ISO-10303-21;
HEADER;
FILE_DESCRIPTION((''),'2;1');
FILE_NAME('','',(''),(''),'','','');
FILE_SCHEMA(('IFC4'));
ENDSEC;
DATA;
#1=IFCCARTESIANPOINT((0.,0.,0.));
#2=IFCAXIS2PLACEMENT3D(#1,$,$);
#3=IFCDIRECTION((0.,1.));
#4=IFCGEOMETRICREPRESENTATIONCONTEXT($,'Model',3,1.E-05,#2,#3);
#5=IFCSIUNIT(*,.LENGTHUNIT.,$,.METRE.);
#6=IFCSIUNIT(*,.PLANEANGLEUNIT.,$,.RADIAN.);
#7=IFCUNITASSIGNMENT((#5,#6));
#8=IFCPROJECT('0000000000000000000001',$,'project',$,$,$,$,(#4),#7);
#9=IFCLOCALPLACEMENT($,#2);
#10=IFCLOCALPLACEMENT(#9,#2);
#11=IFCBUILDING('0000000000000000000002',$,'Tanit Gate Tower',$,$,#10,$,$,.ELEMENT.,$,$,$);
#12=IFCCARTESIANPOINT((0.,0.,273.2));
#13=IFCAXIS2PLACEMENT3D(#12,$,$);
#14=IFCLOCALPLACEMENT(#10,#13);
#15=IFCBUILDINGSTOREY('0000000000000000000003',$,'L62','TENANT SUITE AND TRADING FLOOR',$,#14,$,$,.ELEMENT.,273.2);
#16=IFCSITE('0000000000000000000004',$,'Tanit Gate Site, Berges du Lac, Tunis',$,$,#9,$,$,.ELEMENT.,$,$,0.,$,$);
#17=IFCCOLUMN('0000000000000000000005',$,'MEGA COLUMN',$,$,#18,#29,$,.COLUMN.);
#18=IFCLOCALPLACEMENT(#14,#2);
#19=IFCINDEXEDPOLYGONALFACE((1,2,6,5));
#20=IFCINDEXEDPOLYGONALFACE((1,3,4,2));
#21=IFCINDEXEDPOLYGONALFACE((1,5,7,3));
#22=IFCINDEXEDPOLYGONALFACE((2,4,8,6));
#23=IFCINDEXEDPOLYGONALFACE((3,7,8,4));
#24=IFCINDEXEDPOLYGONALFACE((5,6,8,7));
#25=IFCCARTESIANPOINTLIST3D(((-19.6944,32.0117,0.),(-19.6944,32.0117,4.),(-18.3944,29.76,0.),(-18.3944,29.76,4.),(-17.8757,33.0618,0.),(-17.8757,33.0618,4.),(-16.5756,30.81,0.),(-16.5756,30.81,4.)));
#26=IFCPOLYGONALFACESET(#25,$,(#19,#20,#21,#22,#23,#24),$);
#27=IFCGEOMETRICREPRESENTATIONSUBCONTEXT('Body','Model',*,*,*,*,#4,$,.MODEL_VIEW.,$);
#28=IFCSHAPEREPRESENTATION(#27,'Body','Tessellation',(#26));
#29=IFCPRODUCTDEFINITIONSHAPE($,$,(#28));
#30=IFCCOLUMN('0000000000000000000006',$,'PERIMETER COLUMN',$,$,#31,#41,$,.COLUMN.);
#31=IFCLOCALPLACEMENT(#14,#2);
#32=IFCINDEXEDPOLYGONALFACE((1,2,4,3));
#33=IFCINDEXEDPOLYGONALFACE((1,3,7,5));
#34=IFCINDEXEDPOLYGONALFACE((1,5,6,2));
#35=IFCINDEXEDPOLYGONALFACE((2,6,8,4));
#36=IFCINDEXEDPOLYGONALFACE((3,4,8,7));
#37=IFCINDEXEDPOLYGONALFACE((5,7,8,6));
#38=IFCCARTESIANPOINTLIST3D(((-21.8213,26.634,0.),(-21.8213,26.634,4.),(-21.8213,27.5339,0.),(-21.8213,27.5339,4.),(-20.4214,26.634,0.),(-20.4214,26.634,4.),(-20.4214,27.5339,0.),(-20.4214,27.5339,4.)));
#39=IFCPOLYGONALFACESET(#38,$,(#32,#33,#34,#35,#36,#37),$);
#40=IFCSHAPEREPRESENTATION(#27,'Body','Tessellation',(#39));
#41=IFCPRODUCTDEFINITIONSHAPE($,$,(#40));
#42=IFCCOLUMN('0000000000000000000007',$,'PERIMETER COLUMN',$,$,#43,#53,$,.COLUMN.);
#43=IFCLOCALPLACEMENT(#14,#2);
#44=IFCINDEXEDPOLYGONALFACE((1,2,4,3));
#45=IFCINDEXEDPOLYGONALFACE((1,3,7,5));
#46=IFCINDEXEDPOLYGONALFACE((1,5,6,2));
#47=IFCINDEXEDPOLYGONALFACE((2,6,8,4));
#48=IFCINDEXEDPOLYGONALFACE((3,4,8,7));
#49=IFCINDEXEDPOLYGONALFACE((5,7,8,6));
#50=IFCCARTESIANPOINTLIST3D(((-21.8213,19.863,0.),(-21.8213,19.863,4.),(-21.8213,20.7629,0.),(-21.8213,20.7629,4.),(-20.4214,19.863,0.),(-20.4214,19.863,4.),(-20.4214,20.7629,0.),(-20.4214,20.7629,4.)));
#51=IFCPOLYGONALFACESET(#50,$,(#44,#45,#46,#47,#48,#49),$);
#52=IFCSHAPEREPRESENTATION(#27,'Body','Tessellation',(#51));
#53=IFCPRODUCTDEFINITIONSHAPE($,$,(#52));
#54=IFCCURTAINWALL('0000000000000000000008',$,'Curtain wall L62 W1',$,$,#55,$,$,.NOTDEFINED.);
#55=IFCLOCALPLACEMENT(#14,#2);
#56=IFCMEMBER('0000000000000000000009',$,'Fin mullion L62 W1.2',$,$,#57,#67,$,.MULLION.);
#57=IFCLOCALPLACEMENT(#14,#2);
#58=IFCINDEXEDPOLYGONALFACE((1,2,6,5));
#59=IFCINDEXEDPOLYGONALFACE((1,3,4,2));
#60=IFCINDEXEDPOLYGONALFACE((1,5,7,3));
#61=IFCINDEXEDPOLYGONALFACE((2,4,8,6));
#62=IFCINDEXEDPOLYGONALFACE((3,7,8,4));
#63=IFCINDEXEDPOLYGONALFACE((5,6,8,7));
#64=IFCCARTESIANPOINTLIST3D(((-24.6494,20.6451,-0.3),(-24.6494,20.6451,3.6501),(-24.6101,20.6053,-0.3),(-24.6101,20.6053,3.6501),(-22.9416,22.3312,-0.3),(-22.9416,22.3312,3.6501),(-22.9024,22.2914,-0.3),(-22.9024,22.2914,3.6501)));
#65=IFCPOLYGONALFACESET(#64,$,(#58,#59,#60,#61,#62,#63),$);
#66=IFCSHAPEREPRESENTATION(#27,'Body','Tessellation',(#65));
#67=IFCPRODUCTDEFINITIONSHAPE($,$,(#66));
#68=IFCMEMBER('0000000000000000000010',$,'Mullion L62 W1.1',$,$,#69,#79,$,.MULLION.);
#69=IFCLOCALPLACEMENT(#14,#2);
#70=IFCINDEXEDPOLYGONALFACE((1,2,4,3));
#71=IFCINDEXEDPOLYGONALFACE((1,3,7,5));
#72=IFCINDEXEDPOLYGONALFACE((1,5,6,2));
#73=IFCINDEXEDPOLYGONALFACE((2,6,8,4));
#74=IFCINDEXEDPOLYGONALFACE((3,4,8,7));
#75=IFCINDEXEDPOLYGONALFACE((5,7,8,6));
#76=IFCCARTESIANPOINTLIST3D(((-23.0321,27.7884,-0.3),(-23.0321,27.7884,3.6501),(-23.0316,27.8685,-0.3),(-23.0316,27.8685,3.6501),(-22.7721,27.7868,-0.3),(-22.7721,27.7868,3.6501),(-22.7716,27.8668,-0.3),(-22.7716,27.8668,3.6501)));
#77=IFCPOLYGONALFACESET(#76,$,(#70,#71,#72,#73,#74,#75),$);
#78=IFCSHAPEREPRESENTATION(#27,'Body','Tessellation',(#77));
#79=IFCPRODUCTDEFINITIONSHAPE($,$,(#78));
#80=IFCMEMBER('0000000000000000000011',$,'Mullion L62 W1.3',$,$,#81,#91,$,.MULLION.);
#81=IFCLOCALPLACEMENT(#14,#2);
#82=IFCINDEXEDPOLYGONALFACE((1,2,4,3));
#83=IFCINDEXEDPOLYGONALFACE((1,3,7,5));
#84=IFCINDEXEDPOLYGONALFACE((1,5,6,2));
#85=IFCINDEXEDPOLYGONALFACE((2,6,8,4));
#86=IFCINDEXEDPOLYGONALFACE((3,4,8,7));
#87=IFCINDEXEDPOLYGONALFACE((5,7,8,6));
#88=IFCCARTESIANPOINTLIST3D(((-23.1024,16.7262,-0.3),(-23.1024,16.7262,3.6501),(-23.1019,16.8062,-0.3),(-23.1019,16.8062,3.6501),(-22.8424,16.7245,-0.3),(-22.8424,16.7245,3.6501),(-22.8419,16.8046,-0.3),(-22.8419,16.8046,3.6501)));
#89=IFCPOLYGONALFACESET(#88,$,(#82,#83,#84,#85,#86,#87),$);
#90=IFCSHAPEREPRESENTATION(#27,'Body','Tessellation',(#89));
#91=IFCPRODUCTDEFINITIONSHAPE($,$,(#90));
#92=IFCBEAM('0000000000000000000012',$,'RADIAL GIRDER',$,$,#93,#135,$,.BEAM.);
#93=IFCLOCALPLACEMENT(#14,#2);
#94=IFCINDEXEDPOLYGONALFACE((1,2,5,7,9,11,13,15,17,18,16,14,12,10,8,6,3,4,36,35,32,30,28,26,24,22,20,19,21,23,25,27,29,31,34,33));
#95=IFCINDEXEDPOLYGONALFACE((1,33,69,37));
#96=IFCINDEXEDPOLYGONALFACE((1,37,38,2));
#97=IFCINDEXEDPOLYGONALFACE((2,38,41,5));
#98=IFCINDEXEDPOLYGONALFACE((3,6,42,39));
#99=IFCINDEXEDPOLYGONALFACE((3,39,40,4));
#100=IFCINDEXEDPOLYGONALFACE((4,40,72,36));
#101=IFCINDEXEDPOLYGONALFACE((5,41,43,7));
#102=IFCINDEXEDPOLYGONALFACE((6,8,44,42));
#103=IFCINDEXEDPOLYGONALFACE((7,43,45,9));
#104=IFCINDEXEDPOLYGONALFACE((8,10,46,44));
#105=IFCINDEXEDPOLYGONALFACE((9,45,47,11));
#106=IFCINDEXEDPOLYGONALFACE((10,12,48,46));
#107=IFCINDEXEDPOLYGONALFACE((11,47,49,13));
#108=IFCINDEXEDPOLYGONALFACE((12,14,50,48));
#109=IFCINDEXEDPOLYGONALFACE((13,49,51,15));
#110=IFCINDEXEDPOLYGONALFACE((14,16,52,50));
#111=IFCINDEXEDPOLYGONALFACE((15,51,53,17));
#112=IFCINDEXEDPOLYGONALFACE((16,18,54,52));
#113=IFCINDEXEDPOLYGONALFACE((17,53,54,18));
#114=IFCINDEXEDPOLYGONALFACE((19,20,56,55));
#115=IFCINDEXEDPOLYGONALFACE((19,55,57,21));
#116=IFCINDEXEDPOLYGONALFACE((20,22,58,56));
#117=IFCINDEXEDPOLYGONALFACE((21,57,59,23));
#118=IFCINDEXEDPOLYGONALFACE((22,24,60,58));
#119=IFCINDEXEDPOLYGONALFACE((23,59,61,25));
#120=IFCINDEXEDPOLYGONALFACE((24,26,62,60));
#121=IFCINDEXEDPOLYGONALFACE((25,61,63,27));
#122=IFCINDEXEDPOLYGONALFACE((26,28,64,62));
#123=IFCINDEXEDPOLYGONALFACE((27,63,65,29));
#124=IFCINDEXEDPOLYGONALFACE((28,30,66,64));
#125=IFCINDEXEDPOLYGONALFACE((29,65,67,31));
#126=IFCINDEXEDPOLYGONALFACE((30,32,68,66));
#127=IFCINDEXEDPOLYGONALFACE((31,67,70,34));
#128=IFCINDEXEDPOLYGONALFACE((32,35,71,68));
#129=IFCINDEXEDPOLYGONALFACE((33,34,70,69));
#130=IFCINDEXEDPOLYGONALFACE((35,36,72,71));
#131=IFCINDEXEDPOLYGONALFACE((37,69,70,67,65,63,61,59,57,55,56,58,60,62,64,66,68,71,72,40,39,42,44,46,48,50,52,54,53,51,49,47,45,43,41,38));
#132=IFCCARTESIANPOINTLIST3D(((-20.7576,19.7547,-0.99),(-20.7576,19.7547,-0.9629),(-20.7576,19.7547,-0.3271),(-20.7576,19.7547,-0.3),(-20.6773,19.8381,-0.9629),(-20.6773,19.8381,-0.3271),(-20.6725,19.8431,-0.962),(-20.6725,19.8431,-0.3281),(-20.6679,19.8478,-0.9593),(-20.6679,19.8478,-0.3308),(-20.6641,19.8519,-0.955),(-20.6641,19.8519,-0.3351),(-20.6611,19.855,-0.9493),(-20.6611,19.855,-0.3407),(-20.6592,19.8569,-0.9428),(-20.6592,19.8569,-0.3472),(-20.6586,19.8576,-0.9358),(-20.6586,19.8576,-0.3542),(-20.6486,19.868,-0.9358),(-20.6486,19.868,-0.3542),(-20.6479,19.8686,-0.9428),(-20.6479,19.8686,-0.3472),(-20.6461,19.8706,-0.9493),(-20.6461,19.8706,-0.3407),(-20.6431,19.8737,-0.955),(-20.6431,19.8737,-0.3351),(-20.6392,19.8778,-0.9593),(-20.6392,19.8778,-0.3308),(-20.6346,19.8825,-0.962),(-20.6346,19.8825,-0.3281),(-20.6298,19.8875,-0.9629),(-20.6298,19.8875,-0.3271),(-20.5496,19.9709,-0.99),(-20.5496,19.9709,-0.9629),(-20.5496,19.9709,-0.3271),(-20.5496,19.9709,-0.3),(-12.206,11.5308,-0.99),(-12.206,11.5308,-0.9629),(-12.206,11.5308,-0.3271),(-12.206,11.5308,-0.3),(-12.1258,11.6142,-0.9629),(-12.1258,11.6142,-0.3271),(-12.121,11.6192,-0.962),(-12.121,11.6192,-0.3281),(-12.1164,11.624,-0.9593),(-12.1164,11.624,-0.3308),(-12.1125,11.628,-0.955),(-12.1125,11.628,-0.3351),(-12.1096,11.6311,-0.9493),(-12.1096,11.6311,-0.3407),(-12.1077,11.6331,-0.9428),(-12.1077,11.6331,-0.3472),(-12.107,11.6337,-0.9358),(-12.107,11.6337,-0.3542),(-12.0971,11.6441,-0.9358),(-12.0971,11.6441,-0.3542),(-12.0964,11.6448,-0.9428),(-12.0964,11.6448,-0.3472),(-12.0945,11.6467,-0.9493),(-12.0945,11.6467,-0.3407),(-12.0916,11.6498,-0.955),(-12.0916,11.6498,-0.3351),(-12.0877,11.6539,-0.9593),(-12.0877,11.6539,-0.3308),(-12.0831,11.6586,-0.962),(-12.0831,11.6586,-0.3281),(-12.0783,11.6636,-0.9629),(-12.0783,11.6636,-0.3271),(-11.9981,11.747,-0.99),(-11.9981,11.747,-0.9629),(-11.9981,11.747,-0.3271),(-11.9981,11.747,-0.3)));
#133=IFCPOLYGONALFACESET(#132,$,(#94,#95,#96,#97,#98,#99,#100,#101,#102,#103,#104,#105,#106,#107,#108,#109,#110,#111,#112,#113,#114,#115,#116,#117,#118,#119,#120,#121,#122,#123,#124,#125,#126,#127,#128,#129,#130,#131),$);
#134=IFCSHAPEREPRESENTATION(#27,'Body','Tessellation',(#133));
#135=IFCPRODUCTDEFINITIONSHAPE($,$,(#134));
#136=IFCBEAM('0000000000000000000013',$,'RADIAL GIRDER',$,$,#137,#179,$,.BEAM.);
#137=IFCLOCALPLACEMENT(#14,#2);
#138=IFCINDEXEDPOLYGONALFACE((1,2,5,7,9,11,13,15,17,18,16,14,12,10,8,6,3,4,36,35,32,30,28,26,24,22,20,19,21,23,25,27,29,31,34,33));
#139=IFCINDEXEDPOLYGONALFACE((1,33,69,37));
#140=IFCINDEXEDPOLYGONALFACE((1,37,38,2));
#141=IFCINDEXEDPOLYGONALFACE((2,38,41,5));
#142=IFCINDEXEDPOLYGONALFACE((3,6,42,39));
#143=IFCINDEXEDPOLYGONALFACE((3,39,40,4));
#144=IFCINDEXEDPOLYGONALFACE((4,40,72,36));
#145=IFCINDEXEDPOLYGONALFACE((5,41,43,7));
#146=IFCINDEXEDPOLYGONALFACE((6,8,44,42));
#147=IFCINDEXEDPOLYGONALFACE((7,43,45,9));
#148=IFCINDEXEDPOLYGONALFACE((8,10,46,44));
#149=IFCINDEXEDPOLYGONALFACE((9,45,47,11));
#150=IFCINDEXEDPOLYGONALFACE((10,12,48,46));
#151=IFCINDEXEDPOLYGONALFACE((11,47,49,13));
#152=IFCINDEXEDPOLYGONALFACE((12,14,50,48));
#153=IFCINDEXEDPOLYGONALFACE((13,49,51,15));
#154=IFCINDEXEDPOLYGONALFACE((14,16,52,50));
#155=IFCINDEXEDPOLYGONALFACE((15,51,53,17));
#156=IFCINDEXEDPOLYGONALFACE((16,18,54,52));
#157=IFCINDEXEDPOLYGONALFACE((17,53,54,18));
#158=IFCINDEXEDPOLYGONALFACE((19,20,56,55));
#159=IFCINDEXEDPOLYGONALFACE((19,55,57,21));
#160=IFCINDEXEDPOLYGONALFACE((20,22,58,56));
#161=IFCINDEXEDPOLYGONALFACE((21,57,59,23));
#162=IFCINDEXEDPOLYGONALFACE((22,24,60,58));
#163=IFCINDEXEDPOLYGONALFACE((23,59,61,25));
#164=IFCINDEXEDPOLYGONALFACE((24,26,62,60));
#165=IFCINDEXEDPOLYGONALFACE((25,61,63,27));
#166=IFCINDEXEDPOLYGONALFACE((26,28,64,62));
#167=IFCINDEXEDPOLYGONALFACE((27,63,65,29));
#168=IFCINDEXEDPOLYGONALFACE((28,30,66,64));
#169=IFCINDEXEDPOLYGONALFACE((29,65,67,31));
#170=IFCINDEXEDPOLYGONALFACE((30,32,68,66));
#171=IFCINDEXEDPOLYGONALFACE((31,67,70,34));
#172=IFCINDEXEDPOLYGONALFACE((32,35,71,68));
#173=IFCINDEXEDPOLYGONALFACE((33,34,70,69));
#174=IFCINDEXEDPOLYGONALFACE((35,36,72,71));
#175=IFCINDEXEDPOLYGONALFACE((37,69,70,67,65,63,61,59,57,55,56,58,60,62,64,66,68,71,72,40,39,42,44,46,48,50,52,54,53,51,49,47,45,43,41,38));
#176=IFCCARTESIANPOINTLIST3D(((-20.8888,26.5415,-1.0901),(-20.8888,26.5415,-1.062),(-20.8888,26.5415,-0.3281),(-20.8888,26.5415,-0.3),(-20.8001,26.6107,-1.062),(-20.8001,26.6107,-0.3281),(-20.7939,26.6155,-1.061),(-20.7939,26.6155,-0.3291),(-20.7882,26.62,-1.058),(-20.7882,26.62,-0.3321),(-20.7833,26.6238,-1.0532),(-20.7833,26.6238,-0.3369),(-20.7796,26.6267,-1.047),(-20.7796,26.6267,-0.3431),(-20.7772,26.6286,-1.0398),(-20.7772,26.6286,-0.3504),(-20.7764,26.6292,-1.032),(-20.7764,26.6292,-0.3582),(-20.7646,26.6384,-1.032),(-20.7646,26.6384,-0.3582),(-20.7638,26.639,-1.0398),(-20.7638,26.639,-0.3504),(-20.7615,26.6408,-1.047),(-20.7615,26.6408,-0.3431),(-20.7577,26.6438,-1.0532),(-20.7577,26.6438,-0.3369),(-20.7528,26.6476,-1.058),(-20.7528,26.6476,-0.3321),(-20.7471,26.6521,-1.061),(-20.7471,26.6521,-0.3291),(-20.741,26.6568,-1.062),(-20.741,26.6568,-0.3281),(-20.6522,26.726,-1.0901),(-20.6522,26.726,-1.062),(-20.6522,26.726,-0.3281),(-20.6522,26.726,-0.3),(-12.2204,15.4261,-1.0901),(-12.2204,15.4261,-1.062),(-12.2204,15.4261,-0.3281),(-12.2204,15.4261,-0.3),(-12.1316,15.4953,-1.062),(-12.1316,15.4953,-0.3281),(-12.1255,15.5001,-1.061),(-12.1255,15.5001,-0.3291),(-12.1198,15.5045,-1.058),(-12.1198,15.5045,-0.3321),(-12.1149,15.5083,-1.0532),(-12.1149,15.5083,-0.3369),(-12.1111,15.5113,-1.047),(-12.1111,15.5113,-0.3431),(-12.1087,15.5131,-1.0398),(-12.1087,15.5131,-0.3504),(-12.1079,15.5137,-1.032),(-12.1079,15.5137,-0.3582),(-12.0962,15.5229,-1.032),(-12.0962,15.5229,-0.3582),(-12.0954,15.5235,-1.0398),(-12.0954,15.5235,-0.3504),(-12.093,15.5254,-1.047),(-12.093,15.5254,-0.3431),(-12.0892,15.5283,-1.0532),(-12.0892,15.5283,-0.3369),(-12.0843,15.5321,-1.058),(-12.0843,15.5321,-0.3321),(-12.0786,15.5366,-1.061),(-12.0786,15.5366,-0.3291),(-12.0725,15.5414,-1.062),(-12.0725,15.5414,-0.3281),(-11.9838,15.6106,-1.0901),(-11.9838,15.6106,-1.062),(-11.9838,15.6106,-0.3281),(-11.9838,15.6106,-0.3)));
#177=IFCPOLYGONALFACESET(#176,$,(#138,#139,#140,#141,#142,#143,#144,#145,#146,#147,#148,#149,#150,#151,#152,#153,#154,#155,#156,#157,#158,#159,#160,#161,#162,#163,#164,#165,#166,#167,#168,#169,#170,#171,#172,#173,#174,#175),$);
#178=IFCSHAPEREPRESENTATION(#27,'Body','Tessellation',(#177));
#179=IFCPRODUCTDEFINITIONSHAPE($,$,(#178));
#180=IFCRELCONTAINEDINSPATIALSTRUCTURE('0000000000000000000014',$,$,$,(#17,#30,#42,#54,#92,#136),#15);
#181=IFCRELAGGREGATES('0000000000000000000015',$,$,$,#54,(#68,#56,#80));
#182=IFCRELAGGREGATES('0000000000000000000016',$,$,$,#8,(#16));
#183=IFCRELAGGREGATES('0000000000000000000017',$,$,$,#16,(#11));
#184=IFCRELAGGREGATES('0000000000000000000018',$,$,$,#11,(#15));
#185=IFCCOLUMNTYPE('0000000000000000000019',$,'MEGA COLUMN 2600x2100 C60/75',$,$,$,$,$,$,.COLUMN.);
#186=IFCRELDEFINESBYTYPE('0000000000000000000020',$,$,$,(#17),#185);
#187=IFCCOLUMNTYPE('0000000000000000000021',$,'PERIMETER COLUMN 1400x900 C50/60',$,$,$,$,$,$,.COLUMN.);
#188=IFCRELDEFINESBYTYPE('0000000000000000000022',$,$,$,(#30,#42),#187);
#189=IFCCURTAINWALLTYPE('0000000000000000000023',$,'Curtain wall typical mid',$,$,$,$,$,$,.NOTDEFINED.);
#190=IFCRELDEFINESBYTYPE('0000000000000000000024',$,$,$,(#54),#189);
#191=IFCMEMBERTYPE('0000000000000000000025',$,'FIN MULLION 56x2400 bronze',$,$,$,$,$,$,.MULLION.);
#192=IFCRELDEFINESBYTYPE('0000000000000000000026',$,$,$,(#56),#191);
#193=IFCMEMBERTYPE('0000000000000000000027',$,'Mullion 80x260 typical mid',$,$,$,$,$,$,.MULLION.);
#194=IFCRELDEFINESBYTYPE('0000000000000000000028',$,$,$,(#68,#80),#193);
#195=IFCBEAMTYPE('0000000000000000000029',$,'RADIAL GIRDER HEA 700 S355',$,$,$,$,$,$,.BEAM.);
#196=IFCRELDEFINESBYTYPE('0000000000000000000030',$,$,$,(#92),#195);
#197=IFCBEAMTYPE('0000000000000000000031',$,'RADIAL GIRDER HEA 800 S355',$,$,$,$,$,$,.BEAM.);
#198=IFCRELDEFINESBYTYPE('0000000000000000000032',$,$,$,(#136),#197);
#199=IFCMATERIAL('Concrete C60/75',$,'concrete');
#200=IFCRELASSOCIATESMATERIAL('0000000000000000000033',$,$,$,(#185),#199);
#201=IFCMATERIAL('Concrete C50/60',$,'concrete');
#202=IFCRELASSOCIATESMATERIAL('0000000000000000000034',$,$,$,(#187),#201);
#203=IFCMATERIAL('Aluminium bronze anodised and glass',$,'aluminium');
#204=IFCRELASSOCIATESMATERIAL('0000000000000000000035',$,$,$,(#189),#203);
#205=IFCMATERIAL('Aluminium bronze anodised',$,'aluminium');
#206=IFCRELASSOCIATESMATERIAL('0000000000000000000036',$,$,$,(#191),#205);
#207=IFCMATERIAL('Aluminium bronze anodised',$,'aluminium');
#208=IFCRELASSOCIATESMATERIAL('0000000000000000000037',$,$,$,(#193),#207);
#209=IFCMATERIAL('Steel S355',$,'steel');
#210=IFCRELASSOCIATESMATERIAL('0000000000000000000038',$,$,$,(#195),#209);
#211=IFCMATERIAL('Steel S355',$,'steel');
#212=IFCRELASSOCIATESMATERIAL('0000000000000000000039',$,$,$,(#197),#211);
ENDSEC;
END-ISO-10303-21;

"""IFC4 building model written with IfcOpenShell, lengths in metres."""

from ifc_helpers import new_model, si_unit, direction, frame, origin, origin_2d, place, context, subcontext, project, spatial, rectangle, i_section, extrude, material, material_profile, profile_set, type_object, element, aggregate, save


model = new_model("IFC4")

# Units and contexts
model_context = context("Model", 3, precision=1e-05, world=origin(), true_north=direction((0.0, 1.0)))
body_context = subcontext(model_context, "Body", "Model", "MODEL_VIEW")
ifc_project = project(units=[si_unit("LENGTHUNIT", "METRE"), si_unit("PLANEANGLEUNIT", "RADIAN")], contexts=[model_context])

# Site, building, storey
site_placement = place(None, origin())
site = spatial("IfcSite", under=ifc_project, at=site_placement, Name="Tanit Gate Site, Berges du Lac, Tunis", CompositionType="ELEMENT", RefElevation=0.0)
building_placement = place(site_placement, origin())
building = spatial("IfcBuilding", under=site, at=building_placement, Name="Tanit Gate Tower", CompositionType="ELEMENT")
storey_placement = place(building_placement, frame((0.0, 0.0, 273.2)))
storey = spatial("IfcBuildingStorey", under=building, at=storey_placement, Name="L62", Description="TENANT SUITE AND TRADING FLOOR", CompositionType="ELEMENT", Elevation=273.2)

# Columns
ifc_material_1 = material(Name="Concrete C60/75", Category="concrete")
ifc_material_profile_1 = material_profile(ifc_material_1, rectangle(XDim=2.6001, YDim=2.1001, at=origin_2d()), Name="RC 2600x2100")
ifc_profile_set_1 = profile_set([ifc_material_profile_1], Name="Concrete C60/75")
column_type_1 = type_object("IfcColumnType", Name="MEGA COLUMN 2600x2100 C60/75", PredefinedType="COLUMN", material=ifc_profile_set_1)
column_placement = place(storey_placement, frame((-18.135, 31.4109, 0.0), z_axis=(0.0, 0.0, 1.0), x_axis=(-0.5, 0.866025, 0.0)))
element("IfcColumn", 1, at=column_placement, inside=storey, type_object=column_type_1, Name="MEGA COLUMN", PredefinedType="COLUMN", context=body_context, shape_type="SweptSolid", body=[
    extrude(rectangle(XDim=2.6001, YDim=2.1001, at=origin_2d()), origin(), (0.0, 0.0, 1.0), 4.0),
])
ifc_material_2 = material(Name="Concrete C50/60", Category="concrete")
ifc_material_profile_2 = material_profile(ifc_material_2, rectangle(XDim=1.3999, YDim=0.8999, at=origin_2d()), Name="RC 1400x900")
ifc_profile_set_2 = profile_set([ifc_material_profile_2], Name="Concrete C50/60")
column_type_2 = type_object("IfcColumnType", Name="PERIMETER COLUMN 1400x900 C50/60", PredefinedType="COLUMN", material=ifc_profile_set_2)
for number, where, z_axis, x_axis, name in (
    (2, (-21.1213, 27.084, 0.0), (0.0, 0.0, 1.0), (-1.0, 0.0, 0.0), "PERIMETER COLUMN"),
    (3, (-21.1213, 20.313, 0.0), (0.0, 0.0, 1.0), (-1.0, 0.0, 0.0), "PERIMETER COLUMN"),
):
    element("IfcColumn", number, at=place(storey_placement, frame(where, z_axis=z_axis, x_axis=x_axis)), inside=storey, type_object=column_type_2, Name=name, PredefinedType="COLUMN", context=body_context, shape_type="SweptSolid", body=[
        extrude(rectangle(XDim=1.3999, YDim=0.8999, at=origin_2d()), origin(), (0.0, 0.0, 1.0), 4.0),
    ])

# Curtain wall, members
ifc_material_3 = material(Name="Aluminium bronze anodised and glass", Category="aluminium")
curtain_wall_type = type_object("IfcCurtainWallType", Name="Curtain wall typical mid", PredefinedType="NOTDEFINED", material=ifc_material_3)
curtain_wall_placement = place(storey_placement, origin())
curtain_wall = element("IfcCurtainWall", 4, at=curtain_wall_placement, inside=storey, type_object=curtain_wall_type, Name="Curtain wall L62 W1", PredefinedType="NOTDEFINED")
ifc_material_4 = material(Name="Aluminium bronze anodised", Category="aluminium")
ifc_material_profile_3 = material_profile(ifc_material_4, rectangle(XDim=2.3999, YDim=0.0559, at=origin_2d()), Name="56x2400 bronze fin mullion")
ifc_profile_set_3 = profile_set([ifc_material_profile_3], Name="Aluminium bronze anodised")
member_type_1 = type_object("IfcMemberType", Name="FIN MULLION 56x2400 bronze", PredefinedType="MULLION", material=ifc_profile_set_3)
member_1_placement = place(storey_placement, frame((-23.7759, 21.4683, -0.3), z_axis=(0.0, 0.0, 1.0), x_axis=(0.711599, 0.702586, 0.0)))
member_1 = element("IfcMember", 5, at=member_1_placement, type_object=member_type_1, Name="Fin mullion L62 W1.2", PredefinedType="MULLION", context=body_context, shape_type="SweptSolid", body=[
    extrude(rectangle(XDim=2.3999, YDim=0.0559, at=origin_2d()), origin(), (0.0, 0.0, 1.0), 3.9502),
])
ifc_material_5 = material(Name="Aluminium bronze anodised", Category="aluminium")
ifc_material_profile_4 = material_profile(ifc_material_5, rectangle(XDim=0.26, YDim=0.0801, at=origin_2d()), Name="80x260 bronze mullion")
ifc_profile_set_4 = profile_set([ifc_material_profile_4], Name="Aluminium bronze anodised")
member_type_2 = type_object("IfcMemberType", Name="Mullion 80x260 typical mid", PredefinedType="MULLION", material=ifc_profile_set_4)
member_2_placement = place(storey_placement, frame((-22.9019, 27.8276, -0.3), z_axis=(0.0, 0.0, 1.0), x_axis=(0.99998, -0.006374, 0.0)))
member_2 = element("IfcMember", 6, at=member_2_placement, type_object=member_type_2, Name="Mullion L62 W1.1", PredefinedType="MULLION", context=body_context, shape_type="SweptSolid", body=[
    extrude(rectangle(XDim=0.26, YDim=0.0801, at=origin_2d()), origin(), (0.0, 0.0, 1.0), 3.9502),
])
member_3_placement = place(storey_placement, frame((-22.9722, 16.7654, -0.3), z_axis=(0.0, 0.0, 1.0), x_axis=(0.99998, -0.006374, 0.0)))
member_3 = element("IfcMember", 7, at=member_3_placement, type_object=member_type_2, Name="Mullion L62 W1.3", PredefinedType="MULLION", context=body_context, shape_type="SweptSolid", body=[
    extrude(rectangle(XDim=0.26, YDim=0.0801, at=origin_2d()), origin(), (0.0, 0.0, 1.0), 3.9502),
])

# Beams
ifc_material_6 = material(Name="Steel S355", Category="steel")
ifc_material_profile_5 = material_profile(ifc_material_6, i_section(OverallWidth=0.3, OverallDepth=0.6899, WebThickness=0.0144, FlangeThickness=0.0271, FilletRadius=0.0271, at=origin_2d()), Name="HEA 700")
ifc_profile_set_5 = profile_set([ifc_material_profile_5], Name="Steel S355")
beam_type_1 = type_object("IfcBeamType", Name="RADIAL GIRDER HEA 700 S355", PredefinedType="BEAM", material=ifc_profile_set_5)
beam_1_placement = place(storey_placement, frame((-20.6536, 19.8628, -0.645), z_axis=(0.72078, -0.693164, 0.0), x_axis=(0.693164, 0.72078, 0.0)))
element("IfcBeam", 8, at=beam_1_placement, inside=storey, type_object=beam_type_1, Name="RADIAL GIRDER", PredefinedType="BEAM", context=body_context, shape_type="SweptSolid", body=[
    extrude(i_section(OverallWidth=0.3, OverallDepth=0.6899, WebThickness=0.0144, FlangeThickness=0.0271, FilletRadius=0.0271, at=origin_2d()), origin(), (0.0, 0.0, 1.0), 11.8643),
])
ifc_material_7 = material(Name="Steel S355", Category="steel")
ifc_material_profile_6 = material_profile(ifc_material_7, i_section(OverallWidth=0.3, OverallDepth=0.79, WebThickness=0.0149, FlangeThickness=0.0281, FilletRadius=0.03, at=origin_2d()), Name="HEA 800")
ifc_profile_set_6 = profile_set([ifc_material_profile_6], Name="Steel S355")
beam_type_2 = type_object("IfcBeamType", Name="RADIAL GIRDER HEA 800 S355", PredefinedType="BEAM", material=ifc_profile_set_6)
beam_2_placement = place(storey_placement, frame((-20.7705, 26.6338, -0.6951), z_axis=(0.614961, -0.788558, 0.0), x_axis=(0.788558, 0.614961, 0.0)))
element("IfcBeam", 9, at=beam_2_placement, inside=storey, type_object=beam_type_2, Name="RADIAL GIRDER", PredefinedType="BEAM", context=body_context, shape_type="SweptSolid", body=[
    extrude(i_section(OverallWidth=0.3, OverallDepth=0.79, WebThickness=0.0149, FlangeThickness=0.0281, FilletRadius=0.03, at=origin_2d()), origin(), (0.0, 0.0, 1.0), 14.0959),
])

aggregate(curtain_wall, [member_2, member_1, member_3])

save(model, "model.ifc")
